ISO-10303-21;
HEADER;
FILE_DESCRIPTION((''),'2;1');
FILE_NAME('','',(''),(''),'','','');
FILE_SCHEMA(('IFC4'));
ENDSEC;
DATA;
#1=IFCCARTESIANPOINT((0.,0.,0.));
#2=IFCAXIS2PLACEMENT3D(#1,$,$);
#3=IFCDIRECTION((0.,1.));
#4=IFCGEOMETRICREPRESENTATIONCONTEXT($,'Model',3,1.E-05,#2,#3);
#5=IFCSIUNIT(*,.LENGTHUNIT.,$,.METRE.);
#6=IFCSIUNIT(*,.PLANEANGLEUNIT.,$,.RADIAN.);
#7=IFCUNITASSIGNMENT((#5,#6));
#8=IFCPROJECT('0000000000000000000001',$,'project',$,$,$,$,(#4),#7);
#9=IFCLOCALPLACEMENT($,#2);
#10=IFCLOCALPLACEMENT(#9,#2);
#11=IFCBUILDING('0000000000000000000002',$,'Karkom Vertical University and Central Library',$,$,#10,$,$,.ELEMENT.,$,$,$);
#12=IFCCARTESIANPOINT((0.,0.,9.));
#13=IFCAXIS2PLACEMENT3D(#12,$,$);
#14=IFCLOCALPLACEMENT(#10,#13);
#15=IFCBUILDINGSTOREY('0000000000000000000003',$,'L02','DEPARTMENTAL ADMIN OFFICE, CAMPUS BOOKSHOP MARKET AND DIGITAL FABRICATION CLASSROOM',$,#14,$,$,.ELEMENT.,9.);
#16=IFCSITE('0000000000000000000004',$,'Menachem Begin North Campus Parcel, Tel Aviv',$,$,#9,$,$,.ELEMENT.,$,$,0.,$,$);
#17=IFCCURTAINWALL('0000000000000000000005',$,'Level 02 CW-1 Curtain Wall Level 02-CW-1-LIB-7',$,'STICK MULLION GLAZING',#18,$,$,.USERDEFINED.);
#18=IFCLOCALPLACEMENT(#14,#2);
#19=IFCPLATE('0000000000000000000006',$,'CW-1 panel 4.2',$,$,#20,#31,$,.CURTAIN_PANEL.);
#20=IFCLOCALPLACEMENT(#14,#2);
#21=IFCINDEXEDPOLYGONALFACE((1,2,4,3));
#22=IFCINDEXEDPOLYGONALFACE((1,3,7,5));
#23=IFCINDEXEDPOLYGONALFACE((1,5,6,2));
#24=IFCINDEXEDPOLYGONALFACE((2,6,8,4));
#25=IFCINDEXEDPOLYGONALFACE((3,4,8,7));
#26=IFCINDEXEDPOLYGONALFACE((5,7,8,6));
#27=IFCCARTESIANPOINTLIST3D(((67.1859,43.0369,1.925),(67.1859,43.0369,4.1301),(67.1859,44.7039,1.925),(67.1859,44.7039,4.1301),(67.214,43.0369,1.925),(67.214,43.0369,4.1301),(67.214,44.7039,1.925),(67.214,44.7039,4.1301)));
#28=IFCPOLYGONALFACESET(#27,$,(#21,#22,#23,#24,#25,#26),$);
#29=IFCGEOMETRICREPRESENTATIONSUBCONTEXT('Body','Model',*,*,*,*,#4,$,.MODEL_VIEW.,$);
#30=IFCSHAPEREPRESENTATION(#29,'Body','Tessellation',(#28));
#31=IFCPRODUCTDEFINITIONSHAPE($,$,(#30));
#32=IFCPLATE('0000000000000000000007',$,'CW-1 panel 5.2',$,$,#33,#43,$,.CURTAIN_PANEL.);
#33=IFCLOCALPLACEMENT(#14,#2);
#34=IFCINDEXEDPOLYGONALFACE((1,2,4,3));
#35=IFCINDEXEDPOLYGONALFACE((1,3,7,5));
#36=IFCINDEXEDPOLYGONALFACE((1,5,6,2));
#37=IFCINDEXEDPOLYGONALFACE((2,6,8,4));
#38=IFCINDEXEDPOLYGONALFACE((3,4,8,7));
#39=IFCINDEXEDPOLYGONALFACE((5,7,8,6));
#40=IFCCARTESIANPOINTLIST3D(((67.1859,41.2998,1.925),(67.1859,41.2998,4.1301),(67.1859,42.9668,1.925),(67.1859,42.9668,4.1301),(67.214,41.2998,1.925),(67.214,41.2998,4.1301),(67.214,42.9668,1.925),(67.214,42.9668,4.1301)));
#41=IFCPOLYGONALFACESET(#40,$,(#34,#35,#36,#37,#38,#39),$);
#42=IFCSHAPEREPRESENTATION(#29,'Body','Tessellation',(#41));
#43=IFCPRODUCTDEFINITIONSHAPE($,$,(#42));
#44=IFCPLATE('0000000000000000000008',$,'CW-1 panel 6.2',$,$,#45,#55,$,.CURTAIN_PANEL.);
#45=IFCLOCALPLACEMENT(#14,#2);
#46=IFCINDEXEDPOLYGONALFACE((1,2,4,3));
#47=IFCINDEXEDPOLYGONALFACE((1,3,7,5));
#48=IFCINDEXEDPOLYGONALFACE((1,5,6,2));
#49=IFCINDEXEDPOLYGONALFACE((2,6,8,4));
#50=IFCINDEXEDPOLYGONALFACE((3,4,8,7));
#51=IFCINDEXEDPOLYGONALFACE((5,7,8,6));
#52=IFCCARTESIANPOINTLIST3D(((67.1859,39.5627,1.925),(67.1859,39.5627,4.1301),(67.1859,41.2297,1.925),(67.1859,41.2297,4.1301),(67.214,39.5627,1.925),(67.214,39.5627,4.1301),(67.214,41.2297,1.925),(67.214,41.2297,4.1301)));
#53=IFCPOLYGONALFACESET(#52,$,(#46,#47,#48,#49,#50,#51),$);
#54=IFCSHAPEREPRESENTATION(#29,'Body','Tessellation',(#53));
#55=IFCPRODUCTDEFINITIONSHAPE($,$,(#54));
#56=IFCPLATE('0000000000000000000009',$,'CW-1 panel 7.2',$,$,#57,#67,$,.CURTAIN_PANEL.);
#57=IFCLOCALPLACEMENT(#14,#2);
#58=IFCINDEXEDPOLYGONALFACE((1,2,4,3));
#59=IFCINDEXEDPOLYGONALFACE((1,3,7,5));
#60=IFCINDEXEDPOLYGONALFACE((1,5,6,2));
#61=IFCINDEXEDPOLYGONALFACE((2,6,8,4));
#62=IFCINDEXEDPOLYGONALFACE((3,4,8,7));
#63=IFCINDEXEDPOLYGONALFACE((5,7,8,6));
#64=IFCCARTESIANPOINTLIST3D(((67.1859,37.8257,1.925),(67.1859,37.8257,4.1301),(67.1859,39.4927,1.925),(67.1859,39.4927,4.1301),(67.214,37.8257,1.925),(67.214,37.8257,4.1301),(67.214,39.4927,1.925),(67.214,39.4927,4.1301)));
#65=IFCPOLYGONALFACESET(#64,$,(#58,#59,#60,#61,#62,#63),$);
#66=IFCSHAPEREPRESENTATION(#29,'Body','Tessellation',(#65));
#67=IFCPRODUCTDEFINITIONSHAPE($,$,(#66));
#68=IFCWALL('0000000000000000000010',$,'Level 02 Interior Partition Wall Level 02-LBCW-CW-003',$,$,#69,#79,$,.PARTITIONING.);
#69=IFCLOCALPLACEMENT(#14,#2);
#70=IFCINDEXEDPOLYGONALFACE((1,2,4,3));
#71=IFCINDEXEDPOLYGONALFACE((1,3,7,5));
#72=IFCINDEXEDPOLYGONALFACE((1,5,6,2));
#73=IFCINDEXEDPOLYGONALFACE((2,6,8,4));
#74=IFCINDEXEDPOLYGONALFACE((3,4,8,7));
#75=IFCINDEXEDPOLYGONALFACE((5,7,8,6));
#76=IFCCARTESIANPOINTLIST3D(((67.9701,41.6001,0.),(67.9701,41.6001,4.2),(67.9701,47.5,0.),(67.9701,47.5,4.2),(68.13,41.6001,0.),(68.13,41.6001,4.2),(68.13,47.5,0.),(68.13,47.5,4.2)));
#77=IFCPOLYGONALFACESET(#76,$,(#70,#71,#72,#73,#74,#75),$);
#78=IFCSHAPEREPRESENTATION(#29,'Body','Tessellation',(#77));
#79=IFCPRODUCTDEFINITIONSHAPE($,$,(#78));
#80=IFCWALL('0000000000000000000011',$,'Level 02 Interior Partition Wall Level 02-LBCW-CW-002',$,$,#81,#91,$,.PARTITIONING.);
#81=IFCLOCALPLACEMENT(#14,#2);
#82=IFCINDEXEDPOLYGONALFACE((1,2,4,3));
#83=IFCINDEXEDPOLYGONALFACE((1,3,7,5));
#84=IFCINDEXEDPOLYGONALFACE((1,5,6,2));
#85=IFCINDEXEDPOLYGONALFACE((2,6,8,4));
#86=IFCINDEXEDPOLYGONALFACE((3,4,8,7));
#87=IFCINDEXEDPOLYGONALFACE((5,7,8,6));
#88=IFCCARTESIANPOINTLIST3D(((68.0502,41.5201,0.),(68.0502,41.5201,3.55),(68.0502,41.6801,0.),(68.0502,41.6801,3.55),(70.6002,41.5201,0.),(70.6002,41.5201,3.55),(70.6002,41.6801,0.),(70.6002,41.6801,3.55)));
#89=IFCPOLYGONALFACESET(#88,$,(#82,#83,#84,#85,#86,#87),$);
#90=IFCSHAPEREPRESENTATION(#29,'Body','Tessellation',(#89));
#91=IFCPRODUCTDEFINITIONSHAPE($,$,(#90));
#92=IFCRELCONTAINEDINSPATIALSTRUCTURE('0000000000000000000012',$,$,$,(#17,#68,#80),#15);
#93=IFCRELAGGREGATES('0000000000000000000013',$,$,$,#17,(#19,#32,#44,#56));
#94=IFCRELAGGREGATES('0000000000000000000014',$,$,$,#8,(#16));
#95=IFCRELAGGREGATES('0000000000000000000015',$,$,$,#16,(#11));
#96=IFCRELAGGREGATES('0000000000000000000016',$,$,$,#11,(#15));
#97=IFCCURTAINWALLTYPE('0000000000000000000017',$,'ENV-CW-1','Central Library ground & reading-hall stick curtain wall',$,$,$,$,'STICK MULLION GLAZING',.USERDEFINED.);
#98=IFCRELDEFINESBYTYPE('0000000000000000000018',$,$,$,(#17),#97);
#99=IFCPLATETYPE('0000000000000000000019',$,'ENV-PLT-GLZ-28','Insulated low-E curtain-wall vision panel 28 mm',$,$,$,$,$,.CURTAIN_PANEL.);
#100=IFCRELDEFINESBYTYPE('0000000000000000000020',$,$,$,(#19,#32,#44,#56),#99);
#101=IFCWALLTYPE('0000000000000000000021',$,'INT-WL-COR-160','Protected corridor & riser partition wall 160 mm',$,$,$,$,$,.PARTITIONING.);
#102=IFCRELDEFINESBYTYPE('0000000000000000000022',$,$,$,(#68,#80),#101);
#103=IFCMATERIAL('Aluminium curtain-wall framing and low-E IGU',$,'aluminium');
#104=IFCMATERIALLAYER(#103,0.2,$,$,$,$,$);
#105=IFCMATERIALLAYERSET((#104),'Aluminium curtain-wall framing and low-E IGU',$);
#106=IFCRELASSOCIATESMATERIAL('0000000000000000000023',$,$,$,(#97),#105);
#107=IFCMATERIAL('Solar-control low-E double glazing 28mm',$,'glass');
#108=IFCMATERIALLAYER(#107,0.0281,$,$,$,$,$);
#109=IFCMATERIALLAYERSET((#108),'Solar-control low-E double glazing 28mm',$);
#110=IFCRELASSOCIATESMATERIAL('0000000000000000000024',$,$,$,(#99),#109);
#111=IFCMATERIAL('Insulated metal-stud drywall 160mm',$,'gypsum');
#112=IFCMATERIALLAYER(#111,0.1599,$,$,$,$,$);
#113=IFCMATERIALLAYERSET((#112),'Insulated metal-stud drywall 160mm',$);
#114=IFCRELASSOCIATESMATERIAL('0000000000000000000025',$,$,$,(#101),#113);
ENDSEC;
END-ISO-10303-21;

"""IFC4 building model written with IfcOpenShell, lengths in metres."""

from ifc_helpers import new_model, si_unit, direction, frame, frame_2d, origin, origin_with_axes, origin_2d, place, context, subcontext, project, spatial, rectangle, extrude, source, transform, mapped, material, layer, layer_set, type_object, element, aggregate, save


model = new_model("IFC4")

# Units and contexts
model_context = context("Model", 3, precision=1e-05, world=origin(), true_north=direction((0.0, 1.0)))
body_context = subcontext(model_context, "Body", "Model", "MODEL_VIEW")
ifc_project = project(units=[si_unit("LENGTHUNIT", "METRE"), si_unit("PLANEANGLEUNIT", "RADIAN")], contexts=[model_context])

# Site, building, storey
site_placement = place(None, origin())
site = spatial("IfcSite", under=ifc_project, at=site_placement, Name="Menachem Begin North Campus Parcel, Tel Aviv", CompositionType="ELEMENT", RefElevation=0.0)
building_placement = place(site_placement, origin())
building = spatial("IfcBuilding", under=site, at=building_placement, Name="Karkom Vertical University and Central Library", CompositionType="ELEMENT")
storey_placement = place(building_placement, frame((0.0, 0.0, 9.0)))
storey = spatial("IfcBuildingStorey", under=building, at=storey_placement, Name="L02", Description="DEPARTMENTAL ADMIN OFFICE, CAMPUS BOOKSHOP MARKET AND DIGITAL FABRICATION CLASSROOM", CompositionType="ELEMENT", Elevation=9.0)

# Curtain wall, plates
ifc_material_1 = material(Name="Aluminium curtain-wall framing and low-E IGU", Category="aluminium")
ifc_layer_1 = layer(ifc_material_1, 0.2)
ifc_layer_set_1 = layer_set([ifc_layer_1], Name="Aluminium curtain-wall framing and low-E IGU")
curtain_wall_type = type_object("IfcCurtainWallType", Name="ENV-CW-1", Description="Central Library ground & reading-hall stick curtain wall", ElementType="STICK MULLION GLAZING", PredefinedType="USERDEFINED", material=ifc_layer_set_1)
curtain_wall_placement = place(storey_placement, origin())
curtain_wall = element("IfcCurtainWall", 1, at=curtain_wall_placement, inside=storey, type_object=curtain_wall_type, Name="Level 02 CW-1 Curtain Wall Level 02-CW-1-LIB-7", ObjectType="STICK MULLION GLAZING", PredefinedType="USERDEFINED")
ifc_material_2 = material(Name="Solar-control low-E double glazing 28mm", Category="glass")
ifc_layer_2 = layer(ifc_material_2, 0.0281)
ifc_layer_set_2 = layer_set([ifc_layer_2], Name="Solar-control low-E double glazing 28mm")
plate_type = type_object("IfcPlateType", Name="ENV-PLT-GLZ-28", Description="Insulated low-E curtain-wall vision panel 28 mm", PredefinedType="CURTAIN_PANEL", material=ifc_layer_set_2)
shared_shape_1 = source(origin_with_axes(), body_context, "Body", "SweptSolid", [
    extrude(rectangle(XDim=1.667, YDim=0.0281, at=origin_2d()), origin(), (0.0, 0.0, 1.0), 2.2051),
])
plate_1_placement = place(storey_placement, frame((67.2, 43.8704, 1.925), z_axis=(0.0, 0.0, 1.0), x_axis=(0.0, -1.0, 0.0)))
plate_1 = element("IfcPlate", 2, at=plate_1_placement, type_object=plate_type, Name="CW-1 panel 4.2", PredefinedType="CURTAIN_PANEL", context=body_context, shape_type="MappedRepresentation", body=[
    mapped(shared_shape_1, transform((0.0, 0.0, 0.0), scale=1.0)),
])
plate_2_placement = place(storey_placement, frame((67.2, 42.1333, 1.925), z_axis=(0.0, 0.0, 1.0), x_axis=(0.0, -1.0, 0.0)))
plate_2 = element("IfcPlate", 3, at=plate_2_placement, type_object=plate_type, Name="CW-1 panel 5.2", PredefinedType="CURTAIN_PANEL", context=body_context, shape_type="MappedRepresentation", body=[
    mapped(shared_shape_1, transform((0.0, 0.0, 0.0), scale=1.0)),
])
plate_3_placement = place(storey_placement, frame((67.2, 40.3962, 1.925), z_axis=(0.0, 0.0, 1.0), x_axis=(0.0, -1.0, 0.0)))
plate_3 = element("IfcPlate", 4, at=plate_3_placement, type_object=plate_type, Name="CW-1 panel 6.2", PredefinedType="CURTAIN_PANEL", context=body_context, shape_type="MappedRepresentation", body=[
    mapped(shared_shape_1, transform((0.0, 0.0, 0.0), scale=1.0)),
])
plate_4_placement = place(storey_placement, frame((67.2, 38.6592, 1.925), z_axis=(0.0, 0.0, 1.0), x_axis=(0.0, -1.0, 0.0)))
plate_4 = element("IfcPlate", 5, at=plate_4_placement, type_object=plate_type, Name="CW-1 panel 7.2", PredefinedType="CURTAIN_PANEL", context=body_context, shape_type="MappedRepresentation", body=[
    mapped(shared_shape_1, transform((0.0, 0.0, 0.0), scale=1.0)),
])
aggregate(curtain_wall, [plate_1, plate_2, plate_3, plate_4])

# Walls
ifc_material_3 = material(Name="Insulated metal-stud drywall 160mm", Category="gypsum")
ifc_layer_3 = layer(ifc_material_3, 0.1599)
ifc_layer_set_3 = layer_set([ifc_layer_3], Name="Insulated metal-stud drywall 160mm")
wall_type = type_object("IfcWallType", Name="INT-WL-COR-160", Description="Protected corridor & riser partition wall 160 mm", PredefinedType="PARTITIONING", material=ifc_layer_set_3)
wall_1_placement = place(storey_placement, frame((68.05, 41.6001, 0.0), z_axis=(0.0, 0.0, 1.0), x_axis=(0.0, 1.0, 0.0)))
element("IfcWall", 6, at=wall_1_placement, inside=storey, type_object=wall_type, Name="Level 02 Interior Partition Wall Level 02-LBCW-CW-003", PredefinedType="PARTITIONING", context=body_context, shape_type="SweptSolid", body=[
    extrude(rectangle(XDim=5.8999, YDim=0.1599, at=frame_2d((2.95, 0.0))), origin(), (0.0, 0.0, 1.0), 4.2),
])
wall_2_placement = place(storey_placement, frame((70.6001, 41.6001, 0.0), z_axis=(0.0, 0.0, 1.0), x_axis=(-1.0, 0.0, 0.0)))
element("IfcWall", 7, at=wall_2_placement, inside=storey, type_object=wall_type, Name="Level 02 Interior Partition Wall Level 02-LBCW-CW-002", PredefinedType="PARTITIONING", context=body_context, shape_type="SweptSolid", body=[
    extrude(rectangle(XDim=2.55, YDim=0.1599, at=frame_2d((1.2749, 0.0))), origin(), (0.0, 0.0, 1.0), 3.55),
])

save(model, "model.ifc")
